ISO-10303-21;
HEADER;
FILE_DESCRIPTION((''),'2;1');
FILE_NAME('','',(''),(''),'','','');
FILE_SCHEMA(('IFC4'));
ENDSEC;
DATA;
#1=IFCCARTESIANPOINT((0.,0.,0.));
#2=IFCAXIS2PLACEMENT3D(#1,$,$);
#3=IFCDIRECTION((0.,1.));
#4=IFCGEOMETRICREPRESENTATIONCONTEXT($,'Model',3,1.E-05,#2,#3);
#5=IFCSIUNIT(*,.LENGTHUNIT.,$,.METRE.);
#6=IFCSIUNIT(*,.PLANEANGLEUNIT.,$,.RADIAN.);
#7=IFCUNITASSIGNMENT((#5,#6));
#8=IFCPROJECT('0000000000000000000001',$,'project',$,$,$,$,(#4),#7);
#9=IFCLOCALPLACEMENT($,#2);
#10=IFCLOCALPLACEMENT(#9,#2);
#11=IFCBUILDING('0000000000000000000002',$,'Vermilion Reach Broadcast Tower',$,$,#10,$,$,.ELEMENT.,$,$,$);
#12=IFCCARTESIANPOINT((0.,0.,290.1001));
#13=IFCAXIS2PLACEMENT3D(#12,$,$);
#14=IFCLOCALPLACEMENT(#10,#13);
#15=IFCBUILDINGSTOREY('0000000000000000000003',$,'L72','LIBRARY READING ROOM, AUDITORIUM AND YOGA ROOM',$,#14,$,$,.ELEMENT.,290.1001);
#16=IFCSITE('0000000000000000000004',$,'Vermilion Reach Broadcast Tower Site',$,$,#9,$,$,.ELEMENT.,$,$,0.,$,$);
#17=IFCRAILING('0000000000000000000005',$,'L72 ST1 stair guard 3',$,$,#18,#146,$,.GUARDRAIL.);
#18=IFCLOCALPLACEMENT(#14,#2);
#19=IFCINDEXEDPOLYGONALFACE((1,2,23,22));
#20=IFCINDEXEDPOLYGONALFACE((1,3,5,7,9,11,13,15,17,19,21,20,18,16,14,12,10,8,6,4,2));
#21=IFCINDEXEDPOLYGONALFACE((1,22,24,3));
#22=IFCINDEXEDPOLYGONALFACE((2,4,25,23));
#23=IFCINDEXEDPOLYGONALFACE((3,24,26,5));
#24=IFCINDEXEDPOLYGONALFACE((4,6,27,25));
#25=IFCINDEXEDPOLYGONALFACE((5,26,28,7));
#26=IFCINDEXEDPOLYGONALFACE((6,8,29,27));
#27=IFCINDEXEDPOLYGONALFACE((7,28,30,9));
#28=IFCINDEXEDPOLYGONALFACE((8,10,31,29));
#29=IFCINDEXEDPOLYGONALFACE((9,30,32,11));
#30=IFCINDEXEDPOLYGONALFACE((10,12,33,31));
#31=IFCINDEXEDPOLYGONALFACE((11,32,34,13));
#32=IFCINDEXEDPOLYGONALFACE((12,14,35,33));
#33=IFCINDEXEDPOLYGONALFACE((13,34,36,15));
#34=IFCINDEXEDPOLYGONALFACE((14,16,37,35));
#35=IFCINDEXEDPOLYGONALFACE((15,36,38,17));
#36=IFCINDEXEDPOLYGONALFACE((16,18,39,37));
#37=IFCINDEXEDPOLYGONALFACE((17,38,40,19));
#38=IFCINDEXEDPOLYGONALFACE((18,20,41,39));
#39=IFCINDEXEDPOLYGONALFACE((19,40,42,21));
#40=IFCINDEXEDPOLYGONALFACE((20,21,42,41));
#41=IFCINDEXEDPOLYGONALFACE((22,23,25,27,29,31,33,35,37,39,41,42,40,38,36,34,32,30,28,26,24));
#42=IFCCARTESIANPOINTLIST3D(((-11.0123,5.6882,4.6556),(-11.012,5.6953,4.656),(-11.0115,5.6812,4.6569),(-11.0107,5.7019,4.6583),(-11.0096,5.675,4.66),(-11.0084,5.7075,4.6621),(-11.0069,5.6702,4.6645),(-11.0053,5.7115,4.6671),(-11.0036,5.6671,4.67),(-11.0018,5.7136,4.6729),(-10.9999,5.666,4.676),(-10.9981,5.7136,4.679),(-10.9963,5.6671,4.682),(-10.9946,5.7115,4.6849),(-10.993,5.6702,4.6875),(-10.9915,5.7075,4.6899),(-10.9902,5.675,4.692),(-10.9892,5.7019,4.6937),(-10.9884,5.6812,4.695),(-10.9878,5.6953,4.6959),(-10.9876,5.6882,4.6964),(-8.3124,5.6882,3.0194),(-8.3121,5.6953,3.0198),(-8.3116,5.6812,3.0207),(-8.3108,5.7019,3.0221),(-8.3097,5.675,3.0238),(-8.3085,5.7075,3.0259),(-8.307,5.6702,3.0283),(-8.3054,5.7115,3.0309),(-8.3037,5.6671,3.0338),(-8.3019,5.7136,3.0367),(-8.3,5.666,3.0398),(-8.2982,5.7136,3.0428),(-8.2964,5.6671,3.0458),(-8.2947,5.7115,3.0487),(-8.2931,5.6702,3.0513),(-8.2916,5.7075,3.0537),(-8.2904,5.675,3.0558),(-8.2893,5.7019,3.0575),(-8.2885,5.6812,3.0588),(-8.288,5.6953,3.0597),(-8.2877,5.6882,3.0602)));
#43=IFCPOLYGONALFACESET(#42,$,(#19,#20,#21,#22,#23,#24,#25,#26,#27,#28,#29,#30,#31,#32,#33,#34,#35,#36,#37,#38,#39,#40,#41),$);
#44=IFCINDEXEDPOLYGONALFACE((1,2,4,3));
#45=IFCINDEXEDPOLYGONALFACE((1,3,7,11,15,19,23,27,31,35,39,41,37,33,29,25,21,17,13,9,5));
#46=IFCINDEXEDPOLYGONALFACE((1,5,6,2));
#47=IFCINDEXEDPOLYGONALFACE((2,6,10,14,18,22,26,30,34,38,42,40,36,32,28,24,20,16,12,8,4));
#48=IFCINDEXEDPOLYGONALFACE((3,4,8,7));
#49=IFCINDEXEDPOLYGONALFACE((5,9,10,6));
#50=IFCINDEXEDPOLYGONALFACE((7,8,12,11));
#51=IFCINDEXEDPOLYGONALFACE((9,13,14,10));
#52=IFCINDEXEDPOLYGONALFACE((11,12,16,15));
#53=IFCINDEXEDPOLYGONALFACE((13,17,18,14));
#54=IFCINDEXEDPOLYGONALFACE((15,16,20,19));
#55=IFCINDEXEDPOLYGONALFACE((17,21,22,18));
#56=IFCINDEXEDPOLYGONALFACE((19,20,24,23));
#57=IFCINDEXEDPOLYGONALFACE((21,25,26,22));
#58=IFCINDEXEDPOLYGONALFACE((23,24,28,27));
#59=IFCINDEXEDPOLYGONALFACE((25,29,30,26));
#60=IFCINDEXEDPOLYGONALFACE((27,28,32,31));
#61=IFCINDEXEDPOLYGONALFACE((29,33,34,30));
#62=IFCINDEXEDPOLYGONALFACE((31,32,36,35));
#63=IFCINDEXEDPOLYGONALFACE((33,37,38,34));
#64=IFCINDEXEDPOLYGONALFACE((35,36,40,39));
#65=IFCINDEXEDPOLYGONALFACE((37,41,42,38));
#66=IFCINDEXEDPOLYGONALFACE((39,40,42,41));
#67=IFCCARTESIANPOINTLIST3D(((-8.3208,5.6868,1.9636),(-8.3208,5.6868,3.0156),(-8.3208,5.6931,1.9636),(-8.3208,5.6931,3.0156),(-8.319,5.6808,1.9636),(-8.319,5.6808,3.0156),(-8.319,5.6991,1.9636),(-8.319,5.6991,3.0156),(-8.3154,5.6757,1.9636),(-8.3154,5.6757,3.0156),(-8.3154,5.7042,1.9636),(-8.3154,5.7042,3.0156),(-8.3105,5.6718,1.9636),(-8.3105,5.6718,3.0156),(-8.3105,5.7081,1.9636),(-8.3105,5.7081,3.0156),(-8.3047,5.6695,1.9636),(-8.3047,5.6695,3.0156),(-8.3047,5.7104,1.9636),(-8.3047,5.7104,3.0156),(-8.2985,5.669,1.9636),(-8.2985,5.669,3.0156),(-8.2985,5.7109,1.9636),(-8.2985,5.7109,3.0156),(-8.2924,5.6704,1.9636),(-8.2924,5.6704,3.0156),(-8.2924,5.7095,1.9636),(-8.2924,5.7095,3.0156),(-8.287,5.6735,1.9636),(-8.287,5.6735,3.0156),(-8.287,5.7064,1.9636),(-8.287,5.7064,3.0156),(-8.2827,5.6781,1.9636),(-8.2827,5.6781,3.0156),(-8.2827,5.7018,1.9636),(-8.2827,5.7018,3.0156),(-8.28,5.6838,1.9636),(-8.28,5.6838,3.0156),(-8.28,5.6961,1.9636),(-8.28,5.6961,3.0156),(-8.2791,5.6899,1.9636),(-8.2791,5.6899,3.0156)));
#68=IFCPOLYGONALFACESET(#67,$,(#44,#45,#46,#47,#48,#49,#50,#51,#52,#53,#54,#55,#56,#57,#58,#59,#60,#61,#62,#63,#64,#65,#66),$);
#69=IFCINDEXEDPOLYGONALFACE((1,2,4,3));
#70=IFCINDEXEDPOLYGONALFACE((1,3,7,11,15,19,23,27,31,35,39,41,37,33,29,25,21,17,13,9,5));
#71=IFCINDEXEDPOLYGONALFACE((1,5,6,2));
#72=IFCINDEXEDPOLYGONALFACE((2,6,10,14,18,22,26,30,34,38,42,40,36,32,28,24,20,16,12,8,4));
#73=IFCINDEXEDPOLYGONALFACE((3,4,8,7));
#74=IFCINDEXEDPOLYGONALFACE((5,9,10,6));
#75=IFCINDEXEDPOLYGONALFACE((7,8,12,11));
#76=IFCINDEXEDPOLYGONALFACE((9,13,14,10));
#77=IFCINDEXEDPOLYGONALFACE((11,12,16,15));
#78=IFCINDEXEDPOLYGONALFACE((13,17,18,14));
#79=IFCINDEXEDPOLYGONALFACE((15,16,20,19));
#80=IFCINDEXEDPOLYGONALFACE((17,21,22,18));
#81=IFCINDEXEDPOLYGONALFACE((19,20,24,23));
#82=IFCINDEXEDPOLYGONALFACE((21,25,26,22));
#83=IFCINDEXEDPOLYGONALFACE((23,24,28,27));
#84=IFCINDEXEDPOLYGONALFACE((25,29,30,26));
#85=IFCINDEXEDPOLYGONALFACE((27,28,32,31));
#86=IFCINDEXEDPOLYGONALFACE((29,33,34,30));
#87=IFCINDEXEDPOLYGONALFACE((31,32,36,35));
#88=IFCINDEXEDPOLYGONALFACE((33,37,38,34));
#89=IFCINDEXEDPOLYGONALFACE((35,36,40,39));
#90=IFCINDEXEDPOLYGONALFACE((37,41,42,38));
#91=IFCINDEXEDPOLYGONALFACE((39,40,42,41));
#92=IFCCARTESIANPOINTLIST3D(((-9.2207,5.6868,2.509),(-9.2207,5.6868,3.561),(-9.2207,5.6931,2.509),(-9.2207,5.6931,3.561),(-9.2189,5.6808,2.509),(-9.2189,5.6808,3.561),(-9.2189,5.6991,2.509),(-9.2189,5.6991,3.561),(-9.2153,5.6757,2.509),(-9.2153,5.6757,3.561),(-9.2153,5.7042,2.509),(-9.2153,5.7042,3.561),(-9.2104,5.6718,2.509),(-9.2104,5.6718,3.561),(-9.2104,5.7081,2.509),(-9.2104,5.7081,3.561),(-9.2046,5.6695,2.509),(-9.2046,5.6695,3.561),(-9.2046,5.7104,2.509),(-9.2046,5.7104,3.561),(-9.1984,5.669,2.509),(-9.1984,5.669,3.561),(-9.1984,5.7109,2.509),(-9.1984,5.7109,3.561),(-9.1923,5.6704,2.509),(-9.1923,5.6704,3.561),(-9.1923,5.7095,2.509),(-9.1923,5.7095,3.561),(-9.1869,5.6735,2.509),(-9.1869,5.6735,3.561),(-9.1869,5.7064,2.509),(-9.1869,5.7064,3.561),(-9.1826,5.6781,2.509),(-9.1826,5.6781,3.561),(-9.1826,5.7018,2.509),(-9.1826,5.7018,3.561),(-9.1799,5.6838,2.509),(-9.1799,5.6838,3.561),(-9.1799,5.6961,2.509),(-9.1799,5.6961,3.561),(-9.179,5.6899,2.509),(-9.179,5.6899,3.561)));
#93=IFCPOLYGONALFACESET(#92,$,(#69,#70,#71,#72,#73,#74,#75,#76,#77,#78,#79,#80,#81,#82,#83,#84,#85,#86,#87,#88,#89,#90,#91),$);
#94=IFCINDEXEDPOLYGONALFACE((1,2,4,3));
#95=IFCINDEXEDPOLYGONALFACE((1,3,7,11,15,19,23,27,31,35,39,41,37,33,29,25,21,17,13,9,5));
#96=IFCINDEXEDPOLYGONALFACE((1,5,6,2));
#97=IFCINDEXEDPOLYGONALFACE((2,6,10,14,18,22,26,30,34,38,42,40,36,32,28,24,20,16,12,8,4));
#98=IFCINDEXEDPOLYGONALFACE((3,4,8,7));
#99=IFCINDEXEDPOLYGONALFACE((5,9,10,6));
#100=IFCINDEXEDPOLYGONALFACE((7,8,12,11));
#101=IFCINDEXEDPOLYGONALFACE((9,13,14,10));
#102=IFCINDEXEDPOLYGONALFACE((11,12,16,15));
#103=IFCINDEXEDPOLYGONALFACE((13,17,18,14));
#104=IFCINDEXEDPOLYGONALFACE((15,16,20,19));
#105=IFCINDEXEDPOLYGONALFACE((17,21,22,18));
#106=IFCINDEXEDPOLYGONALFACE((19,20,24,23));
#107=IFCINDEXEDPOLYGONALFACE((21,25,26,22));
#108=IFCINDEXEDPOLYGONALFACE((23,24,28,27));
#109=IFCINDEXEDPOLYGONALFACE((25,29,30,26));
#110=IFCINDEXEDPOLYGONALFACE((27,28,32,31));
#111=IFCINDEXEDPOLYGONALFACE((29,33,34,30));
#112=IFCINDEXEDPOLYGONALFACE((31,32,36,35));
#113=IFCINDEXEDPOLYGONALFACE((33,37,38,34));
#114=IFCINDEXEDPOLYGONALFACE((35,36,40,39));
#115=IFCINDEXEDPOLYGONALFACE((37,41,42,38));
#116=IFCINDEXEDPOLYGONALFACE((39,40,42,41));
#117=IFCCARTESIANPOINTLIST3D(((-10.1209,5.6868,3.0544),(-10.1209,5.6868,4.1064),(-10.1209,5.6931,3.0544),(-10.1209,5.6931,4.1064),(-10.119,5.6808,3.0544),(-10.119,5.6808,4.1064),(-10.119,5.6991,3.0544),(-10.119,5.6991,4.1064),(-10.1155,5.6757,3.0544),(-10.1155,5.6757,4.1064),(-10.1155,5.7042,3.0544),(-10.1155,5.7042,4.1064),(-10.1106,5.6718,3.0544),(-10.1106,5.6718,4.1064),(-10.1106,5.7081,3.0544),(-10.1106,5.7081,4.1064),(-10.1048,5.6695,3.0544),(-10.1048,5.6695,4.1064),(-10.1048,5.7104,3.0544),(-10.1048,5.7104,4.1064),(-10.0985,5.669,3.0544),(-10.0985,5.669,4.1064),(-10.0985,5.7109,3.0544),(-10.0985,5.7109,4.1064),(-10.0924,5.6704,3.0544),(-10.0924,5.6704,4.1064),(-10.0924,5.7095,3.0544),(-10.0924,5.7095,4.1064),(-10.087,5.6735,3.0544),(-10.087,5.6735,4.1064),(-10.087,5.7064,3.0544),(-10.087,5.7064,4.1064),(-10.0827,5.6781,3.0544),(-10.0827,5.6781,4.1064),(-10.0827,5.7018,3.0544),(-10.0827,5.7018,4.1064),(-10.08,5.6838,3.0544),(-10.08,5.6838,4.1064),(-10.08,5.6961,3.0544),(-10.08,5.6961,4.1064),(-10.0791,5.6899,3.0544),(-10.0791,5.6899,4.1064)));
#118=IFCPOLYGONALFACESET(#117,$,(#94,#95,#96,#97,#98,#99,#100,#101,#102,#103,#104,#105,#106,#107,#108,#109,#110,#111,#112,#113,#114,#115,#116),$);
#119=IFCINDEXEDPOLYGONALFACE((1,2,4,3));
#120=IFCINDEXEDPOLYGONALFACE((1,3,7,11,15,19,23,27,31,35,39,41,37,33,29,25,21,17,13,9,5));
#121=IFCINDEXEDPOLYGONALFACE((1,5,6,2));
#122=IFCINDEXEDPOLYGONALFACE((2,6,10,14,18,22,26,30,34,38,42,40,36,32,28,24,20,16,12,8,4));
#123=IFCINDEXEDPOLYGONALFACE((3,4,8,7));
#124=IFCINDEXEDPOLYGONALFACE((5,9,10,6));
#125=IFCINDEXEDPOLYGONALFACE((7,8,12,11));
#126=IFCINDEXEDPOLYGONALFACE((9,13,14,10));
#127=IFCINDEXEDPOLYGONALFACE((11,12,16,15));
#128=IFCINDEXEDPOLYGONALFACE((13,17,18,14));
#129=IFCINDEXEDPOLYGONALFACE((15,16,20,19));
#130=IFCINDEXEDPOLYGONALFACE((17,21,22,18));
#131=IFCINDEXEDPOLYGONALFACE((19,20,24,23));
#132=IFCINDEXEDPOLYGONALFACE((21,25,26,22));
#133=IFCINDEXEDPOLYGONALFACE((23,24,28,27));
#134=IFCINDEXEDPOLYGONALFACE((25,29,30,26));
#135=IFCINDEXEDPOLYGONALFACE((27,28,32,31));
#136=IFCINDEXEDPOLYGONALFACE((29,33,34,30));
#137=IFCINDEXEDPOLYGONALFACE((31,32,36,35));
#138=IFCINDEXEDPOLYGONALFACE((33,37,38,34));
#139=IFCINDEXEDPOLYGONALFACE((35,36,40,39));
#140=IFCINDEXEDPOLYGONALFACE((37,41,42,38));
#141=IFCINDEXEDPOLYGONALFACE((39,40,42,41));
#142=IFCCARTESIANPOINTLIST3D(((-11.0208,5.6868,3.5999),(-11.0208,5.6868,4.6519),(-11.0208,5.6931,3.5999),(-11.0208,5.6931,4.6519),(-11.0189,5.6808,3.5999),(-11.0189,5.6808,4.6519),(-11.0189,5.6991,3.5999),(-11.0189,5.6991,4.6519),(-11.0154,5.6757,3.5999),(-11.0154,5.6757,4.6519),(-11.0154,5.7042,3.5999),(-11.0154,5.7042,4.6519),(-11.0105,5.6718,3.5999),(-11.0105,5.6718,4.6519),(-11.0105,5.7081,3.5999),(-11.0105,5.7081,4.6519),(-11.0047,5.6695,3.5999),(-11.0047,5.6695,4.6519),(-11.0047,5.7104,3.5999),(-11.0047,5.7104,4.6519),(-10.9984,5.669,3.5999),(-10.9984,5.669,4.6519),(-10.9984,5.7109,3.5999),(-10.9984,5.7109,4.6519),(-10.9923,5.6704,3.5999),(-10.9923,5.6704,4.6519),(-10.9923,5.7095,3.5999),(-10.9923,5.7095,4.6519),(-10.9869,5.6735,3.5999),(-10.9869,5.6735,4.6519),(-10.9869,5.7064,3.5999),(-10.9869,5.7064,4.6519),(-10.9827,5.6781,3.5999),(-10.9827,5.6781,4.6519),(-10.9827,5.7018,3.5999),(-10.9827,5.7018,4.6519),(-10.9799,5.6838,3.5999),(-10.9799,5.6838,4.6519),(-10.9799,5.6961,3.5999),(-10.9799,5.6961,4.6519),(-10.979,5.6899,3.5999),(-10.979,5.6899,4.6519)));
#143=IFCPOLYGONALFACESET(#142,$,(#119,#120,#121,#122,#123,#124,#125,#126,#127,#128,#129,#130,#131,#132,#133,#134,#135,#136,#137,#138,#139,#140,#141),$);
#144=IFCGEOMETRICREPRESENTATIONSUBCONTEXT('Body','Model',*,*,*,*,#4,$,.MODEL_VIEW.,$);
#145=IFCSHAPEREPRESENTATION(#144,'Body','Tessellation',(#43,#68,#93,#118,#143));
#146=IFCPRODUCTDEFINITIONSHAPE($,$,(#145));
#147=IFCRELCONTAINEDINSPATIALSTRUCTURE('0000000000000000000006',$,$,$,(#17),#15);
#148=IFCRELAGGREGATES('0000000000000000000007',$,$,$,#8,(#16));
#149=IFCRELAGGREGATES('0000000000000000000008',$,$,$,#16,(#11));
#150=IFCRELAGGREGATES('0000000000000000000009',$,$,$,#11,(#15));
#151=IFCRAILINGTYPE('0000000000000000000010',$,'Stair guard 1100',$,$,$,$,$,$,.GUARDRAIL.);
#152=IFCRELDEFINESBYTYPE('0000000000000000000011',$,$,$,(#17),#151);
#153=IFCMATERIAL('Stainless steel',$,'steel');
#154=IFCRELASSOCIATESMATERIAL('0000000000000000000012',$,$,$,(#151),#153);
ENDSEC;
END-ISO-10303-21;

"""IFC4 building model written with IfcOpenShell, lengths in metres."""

from ifc_helpers import new_model, si_unit, direction, frame, origin, origin_2d, place, context, subcontext, project, spatial, circle, extrude, material, type_object, element, save


model = new_model("IFC4")

# Units and contexts
model_context = context("Model", 3, precision=1e-05, world=origin(), true_north=direction((0.0, 1.0)))
body_context = subcontext(model_context, "Body", "Model", "MODEL_VIEW")
ifc_project = project(units=[si_unit("LENGTHUNIT", "METRE"), si_unit("PLANEANGLEUNIT", "RADIAN")], contexts=[model_context])

# Site, building, storey
site_placement = place(None, origin())
site = spatial("IfcSite", under=ifc_project, at=site_placement, Name="Vermilion Reach Broadcast Tower Site", CompositionType="ELEMENT", RefElevation=0.0)
building_placement = place(site_placement, origin())
building = spatial("IfcBuilding", under=site, at=building_placement, Name="Vermilion Reach Broadcast Tower", CompositionType="ELEMENT")
storey_placement = place(building_placement, frame((0.0, 0.0, 290.1001)))
storey = spatial("IfcBuildingStorey", under=building, at=storey_placement, Name="L72", Description="LIBRARY READING ROOM, AUDITORIUM AND YOGA ROOM", CompositionType="ELEMENT", Elevation=290.1001)

# Railing
ifc_material_1 = material(Name="Stainless steel", Category="steel")
railing_type_1 = type_object("IfcRailingType", Name="Stair guard 1100", PredefinedType="GUARDRAIL", material=ifc_material_1)
railing_1_placement = place(storey_placement, frame((-8.3, 5.6899, 1.9636)))
element("IfcRailing", 1, at=railing_1_placement, inside=storey, type_object=railing_type_1, Name="L72 ST1 stair guard 3", PredefinedType="GUARDRAIL", context=body_context, shape_type="SweptSolid", body=[
    extrude(circle(Radius=0.0239, at=origin_2d()), frame((0.0, 0.0, 1.0762), z_axis=(-0.855212, 0.0, 0.518278), x_axis=(0.0, -1.0, 0.0)), (0.0, 0.0, 1.0), 3.157),
    extrude(circle(Radius=0.021, at=origin_2d()), origin(), (0.0, 0.0, 1.0), 1.052),
    extrude(circle(Radius=0.021, at=origin_2d()), frame((-0.8999, 0.0, 0.5454)), (0.0, 0.0, 1.0), 1.052),
    extrude(circle(Radius=0.021, at=origin_2d()), frame((-1.8, 0.0, 1.0908)), (0.0, 0.0, 1.0), 1.052),
    extrude(circle(Radius=0.021, at=origin_2d()), frame((-2.7, 0.0, 1.6362)), (0.0, 0.0, 1.0), 1.052),
])

save(model, "model.ifc")
